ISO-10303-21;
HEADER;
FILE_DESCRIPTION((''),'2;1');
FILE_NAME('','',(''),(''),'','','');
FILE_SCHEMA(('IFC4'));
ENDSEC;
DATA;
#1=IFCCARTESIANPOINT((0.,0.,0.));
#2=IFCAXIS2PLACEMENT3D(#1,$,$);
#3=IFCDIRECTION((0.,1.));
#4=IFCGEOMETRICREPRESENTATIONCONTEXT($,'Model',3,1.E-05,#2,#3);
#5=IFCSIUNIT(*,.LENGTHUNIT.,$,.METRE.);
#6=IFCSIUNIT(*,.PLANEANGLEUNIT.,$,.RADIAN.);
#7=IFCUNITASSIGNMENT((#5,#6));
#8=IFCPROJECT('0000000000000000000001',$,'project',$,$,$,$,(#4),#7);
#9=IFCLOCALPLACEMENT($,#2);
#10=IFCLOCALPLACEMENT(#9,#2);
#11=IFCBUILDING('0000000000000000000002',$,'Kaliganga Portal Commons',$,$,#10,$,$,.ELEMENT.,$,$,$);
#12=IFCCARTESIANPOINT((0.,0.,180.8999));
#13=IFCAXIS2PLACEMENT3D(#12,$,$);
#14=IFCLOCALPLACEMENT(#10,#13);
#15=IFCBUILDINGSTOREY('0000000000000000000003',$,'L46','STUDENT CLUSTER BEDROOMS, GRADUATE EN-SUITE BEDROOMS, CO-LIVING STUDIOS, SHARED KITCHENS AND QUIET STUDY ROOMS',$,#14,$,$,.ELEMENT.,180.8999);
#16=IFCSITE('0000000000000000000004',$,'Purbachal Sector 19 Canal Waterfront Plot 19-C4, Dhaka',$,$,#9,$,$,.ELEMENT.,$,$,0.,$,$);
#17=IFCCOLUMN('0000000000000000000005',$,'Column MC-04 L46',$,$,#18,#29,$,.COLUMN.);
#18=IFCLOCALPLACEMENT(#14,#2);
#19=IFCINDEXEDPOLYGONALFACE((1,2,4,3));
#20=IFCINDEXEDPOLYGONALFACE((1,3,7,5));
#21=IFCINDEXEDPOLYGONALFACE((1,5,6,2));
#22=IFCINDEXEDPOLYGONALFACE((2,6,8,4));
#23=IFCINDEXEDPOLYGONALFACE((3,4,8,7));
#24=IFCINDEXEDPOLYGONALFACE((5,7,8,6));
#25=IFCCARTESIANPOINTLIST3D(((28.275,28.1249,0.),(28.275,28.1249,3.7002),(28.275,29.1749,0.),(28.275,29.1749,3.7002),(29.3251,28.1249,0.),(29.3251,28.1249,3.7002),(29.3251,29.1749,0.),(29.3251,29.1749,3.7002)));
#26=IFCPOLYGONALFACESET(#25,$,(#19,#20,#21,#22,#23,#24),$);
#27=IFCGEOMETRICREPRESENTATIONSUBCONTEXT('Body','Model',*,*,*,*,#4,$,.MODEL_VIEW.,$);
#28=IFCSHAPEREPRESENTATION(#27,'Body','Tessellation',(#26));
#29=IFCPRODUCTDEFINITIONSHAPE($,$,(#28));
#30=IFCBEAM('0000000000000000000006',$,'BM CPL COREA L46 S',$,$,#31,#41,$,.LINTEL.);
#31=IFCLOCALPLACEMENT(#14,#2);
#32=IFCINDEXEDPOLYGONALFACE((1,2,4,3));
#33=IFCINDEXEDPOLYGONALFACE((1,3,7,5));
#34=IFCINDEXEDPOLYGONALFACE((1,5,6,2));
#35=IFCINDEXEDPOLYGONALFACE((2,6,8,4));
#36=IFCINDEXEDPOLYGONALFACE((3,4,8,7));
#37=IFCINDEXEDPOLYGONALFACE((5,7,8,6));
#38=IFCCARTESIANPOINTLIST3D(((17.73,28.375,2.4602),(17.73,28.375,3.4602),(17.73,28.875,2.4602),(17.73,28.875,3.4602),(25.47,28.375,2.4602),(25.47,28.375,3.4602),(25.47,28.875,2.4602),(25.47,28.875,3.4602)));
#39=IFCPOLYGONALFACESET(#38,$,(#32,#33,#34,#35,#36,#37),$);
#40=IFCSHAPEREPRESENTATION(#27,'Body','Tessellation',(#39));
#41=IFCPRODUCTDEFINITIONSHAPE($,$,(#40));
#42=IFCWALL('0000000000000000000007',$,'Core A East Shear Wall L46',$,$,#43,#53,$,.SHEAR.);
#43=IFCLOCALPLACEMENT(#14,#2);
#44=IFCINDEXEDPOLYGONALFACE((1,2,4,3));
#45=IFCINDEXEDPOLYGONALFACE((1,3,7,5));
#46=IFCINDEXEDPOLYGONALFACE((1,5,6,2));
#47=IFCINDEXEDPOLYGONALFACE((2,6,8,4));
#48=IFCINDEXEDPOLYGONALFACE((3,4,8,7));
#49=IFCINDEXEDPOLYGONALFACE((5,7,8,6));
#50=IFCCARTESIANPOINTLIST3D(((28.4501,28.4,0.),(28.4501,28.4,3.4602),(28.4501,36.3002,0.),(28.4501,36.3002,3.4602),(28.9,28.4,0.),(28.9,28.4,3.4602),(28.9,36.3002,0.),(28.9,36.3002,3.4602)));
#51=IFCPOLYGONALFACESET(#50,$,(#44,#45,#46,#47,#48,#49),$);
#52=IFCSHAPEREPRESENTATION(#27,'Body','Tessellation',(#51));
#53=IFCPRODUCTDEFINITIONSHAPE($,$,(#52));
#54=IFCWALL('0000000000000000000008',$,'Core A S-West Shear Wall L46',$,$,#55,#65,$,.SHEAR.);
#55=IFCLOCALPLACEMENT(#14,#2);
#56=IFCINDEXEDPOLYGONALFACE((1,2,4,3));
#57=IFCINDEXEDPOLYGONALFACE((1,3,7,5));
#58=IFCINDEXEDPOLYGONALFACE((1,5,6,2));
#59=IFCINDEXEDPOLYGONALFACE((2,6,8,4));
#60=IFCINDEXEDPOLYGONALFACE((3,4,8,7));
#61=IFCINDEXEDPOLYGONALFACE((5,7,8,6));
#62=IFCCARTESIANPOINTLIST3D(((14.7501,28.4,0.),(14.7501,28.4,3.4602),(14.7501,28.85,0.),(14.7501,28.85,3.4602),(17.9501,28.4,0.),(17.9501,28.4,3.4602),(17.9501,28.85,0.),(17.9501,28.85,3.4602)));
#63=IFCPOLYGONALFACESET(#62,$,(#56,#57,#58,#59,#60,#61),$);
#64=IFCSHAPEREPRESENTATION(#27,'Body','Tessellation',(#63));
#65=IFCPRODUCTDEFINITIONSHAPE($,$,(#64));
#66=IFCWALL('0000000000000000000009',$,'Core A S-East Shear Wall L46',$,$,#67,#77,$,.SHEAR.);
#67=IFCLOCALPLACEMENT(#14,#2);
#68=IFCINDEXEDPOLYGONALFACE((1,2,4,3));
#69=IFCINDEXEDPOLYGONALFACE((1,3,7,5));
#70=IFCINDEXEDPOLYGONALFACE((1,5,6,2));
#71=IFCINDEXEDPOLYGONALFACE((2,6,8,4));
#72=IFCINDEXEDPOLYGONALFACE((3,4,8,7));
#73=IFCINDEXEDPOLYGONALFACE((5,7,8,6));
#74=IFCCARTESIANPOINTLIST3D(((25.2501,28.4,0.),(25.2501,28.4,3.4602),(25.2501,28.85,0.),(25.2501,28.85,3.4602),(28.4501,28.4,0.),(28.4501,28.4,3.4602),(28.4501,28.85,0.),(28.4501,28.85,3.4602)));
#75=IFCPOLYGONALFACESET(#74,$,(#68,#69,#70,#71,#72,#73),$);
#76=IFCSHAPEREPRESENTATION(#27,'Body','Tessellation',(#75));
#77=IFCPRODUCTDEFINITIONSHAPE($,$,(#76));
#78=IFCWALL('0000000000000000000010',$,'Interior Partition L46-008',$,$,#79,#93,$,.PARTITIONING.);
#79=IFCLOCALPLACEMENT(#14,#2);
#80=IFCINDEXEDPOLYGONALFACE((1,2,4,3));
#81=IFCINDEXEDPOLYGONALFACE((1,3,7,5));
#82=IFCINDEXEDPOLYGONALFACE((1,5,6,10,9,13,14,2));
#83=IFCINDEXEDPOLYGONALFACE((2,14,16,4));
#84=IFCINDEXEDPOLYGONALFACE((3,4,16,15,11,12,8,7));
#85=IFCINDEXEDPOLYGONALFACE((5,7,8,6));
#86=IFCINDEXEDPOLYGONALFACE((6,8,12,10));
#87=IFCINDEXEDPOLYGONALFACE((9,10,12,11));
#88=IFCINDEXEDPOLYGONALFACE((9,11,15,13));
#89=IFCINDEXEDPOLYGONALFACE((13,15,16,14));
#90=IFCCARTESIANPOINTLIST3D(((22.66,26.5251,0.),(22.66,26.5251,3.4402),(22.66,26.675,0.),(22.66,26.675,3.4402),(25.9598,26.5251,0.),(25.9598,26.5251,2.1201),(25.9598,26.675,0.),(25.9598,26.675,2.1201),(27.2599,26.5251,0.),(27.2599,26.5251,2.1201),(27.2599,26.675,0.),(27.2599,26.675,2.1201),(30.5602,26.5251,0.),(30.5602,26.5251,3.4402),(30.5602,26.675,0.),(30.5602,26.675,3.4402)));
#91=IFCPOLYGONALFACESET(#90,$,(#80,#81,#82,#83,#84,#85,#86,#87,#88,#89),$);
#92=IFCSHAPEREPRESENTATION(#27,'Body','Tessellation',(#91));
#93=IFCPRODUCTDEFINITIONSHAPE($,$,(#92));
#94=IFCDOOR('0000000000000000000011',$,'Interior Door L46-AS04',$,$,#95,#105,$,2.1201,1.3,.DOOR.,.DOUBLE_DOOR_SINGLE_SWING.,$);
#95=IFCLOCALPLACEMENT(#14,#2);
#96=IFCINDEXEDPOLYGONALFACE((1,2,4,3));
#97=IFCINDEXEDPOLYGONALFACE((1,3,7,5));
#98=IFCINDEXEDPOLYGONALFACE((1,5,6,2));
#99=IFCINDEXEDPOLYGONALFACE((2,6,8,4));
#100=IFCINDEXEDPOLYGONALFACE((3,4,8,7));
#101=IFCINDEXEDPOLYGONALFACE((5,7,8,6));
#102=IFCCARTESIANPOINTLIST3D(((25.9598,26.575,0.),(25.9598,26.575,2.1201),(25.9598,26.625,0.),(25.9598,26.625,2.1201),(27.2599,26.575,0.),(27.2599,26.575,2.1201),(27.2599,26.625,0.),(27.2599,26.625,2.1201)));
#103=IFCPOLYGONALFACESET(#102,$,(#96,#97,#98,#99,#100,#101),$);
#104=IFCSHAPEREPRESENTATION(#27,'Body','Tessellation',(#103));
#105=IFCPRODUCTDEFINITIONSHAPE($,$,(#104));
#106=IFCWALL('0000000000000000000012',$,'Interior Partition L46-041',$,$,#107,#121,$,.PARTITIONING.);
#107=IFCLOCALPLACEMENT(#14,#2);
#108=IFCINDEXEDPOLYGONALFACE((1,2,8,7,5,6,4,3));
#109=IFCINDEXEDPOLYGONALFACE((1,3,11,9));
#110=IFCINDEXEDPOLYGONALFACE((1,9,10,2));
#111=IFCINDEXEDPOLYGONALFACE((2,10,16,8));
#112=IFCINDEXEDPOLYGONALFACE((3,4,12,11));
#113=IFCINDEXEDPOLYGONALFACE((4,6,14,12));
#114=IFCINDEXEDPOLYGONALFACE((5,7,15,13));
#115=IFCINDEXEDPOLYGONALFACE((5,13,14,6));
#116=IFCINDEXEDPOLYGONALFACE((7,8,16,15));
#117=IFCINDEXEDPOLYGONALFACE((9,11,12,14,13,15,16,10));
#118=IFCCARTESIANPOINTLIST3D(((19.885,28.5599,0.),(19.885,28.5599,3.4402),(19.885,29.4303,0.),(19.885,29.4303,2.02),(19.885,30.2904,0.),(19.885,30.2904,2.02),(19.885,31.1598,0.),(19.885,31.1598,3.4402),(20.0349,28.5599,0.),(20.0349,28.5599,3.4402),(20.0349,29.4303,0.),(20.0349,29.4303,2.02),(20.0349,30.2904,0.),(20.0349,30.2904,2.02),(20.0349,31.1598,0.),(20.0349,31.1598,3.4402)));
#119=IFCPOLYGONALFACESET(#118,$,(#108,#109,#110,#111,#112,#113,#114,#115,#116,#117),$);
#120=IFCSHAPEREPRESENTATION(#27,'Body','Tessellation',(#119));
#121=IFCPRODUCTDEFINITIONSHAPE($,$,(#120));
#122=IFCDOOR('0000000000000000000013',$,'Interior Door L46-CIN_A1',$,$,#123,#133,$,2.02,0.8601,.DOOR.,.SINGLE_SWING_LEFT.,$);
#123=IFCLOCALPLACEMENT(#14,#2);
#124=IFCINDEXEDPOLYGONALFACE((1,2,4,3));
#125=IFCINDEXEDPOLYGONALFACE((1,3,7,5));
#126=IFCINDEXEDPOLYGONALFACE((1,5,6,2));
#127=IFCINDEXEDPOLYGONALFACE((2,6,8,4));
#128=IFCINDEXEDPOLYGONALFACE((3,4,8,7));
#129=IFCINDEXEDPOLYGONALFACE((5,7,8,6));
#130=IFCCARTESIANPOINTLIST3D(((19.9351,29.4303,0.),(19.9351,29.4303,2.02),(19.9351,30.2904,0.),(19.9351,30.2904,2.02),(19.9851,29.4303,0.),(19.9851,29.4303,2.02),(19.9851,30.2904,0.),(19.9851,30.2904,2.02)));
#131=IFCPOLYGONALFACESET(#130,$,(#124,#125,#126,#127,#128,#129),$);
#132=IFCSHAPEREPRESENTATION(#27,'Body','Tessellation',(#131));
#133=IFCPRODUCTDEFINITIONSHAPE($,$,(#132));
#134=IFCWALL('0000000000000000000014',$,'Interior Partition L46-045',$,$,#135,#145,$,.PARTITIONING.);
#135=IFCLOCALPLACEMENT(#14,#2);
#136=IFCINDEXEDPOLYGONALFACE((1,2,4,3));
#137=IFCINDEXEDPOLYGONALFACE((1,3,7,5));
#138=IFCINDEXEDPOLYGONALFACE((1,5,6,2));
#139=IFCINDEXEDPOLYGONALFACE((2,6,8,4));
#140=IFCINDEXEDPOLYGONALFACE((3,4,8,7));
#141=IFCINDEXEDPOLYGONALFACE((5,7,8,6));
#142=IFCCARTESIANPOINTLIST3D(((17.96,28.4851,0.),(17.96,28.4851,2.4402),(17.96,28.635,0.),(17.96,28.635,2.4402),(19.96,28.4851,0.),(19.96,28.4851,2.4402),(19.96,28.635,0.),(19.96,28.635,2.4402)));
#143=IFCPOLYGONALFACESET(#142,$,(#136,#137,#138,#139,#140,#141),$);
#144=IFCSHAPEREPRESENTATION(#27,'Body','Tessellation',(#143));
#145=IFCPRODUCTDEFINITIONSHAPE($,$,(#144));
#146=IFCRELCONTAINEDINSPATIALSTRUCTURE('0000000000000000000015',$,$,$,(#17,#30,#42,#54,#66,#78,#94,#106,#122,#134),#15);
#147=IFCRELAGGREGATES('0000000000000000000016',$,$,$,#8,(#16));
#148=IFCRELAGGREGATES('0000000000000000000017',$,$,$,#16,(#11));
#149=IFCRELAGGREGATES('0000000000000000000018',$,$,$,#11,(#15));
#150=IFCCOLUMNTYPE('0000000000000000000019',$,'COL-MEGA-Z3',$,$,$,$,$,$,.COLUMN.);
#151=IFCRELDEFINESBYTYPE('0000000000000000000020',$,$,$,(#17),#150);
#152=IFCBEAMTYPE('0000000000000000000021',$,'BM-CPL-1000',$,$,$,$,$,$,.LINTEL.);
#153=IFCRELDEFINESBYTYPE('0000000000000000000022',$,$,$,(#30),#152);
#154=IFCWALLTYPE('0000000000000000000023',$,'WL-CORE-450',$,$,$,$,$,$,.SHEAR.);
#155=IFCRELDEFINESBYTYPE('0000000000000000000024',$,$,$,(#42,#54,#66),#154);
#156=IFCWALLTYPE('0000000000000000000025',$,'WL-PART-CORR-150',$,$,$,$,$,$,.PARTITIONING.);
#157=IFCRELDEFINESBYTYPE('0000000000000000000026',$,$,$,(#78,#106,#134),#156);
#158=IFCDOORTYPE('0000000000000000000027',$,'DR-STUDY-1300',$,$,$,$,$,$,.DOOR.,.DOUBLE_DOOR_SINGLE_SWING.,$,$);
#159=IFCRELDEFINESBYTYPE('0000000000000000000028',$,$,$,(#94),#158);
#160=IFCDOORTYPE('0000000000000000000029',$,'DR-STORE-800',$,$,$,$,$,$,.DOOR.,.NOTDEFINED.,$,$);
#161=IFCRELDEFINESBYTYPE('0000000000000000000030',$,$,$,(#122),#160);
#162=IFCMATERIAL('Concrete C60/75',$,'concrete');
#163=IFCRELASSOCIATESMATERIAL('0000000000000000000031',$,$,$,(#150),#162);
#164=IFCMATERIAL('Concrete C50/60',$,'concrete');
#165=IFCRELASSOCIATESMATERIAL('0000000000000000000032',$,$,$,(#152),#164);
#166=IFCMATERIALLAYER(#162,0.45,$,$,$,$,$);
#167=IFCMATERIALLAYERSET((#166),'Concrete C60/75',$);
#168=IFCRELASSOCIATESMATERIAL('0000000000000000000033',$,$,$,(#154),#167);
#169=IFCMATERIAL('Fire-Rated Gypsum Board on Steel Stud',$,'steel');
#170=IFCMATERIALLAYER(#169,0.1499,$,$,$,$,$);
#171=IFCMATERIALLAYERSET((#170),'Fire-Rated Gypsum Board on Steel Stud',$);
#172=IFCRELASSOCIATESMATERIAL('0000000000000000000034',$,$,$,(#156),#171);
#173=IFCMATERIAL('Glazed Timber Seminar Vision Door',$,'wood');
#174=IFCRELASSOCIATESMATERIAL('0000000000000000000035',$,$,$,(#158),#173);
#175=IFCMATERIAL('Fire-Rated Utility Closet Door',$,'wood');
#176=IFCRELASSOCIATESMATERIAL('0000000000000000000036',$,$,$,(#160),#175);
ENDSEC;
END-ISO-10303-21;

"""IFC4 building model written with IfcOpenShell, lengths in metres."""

from ifc_helpers import new_model, si_unit, direction, frame, frame_2d, origin, origin_2d, place, context, subcontext, project, spatial, rectangle, extrude, source, transform, mapped, material, layer, layer_set, material_profile, profile_set, type_object, element, fill, save


model = new_model("IFC4")

# Units and contexts
model_context = context("Model", 3, precision=1e-05, world=origin(), true_north=direction((0.0, 1.0)))
body_context = subcontext(model_context, "Body", "Model", "MODEL_VIEW")
ifc_project = project(units=[si_unit("LENGTHUNIT", "METRE"), si_unit("PLANEANGLEUNIT", "RADIAN")], contexts=[model_context])

# Site, building, storey
site_placement = place(None, origin())
site = spatial("IfcSite", under=ifc_project, at=site_placement, Name="Purbachal Sector 19 Canal Waterfront Plot 19-C4, Dhaka", CompositionType="ELEMENT", RefElevation=0.0)
building_placement = place(site_placement, origin())
building = spatial("IfcBuilding", under=site, at=building_placement, Name="Kaliganga Portal Commons", CompositionType="ELEMENT")
storey_placement = place(building_placement, frame((0.0, 0.0, 180.8999)))
storey = spatial("IfcBuildingStorey", under=building, at=storey_placement, Name="L46", Description="STUDENT CLUSTER BEDROOMS, GRADUATE EN-SUITE BEDROOMS, CO-LIVING STUDIOS, SHARED KITCHENS AND QUIET STUDY ROOMS", CompositionType="ELEMENT", Elevation=180.8999)

# Column
ifc_material_1 = material(Name="Concrete C60/75", Category="concrete")
ifc_material_profile_1 = material_profile(ifc_material_1, rectangle(XDim=1.05, YDim=1.05, at=origin_2d()), Name="RC 1050x1050")
ifc_profile_set_1 = profile_set([ifc_material_profile_1], Name="Concrete C60/75")
column_type = type_object("IfcColumnType", Name="COL-MEGA-Z3", PredefinedType="COLUMN", material=ifc_profile_set_1)
shared_shape_1 = source(origin(), body_context, "Body", "SweptSolid", [
    extrude(rectangle(XDim=1.05, YDim=1.05, at=origin_2d()), origin(), (0.0, 0.0, 1.0), 3.7002),
])
column_placement = place(storey_placement, frame((28.8, 28.6499, 0.0), z_axis=(0.0, 0.0, 1.0), x_axis=(1.0, 0.0, 0.0)))
element("IfcColumn", 1, at=column_placement, inside=storey, type_object=column_type, Name="Column MC-04 L46", PredefinedType="COLUMN", context=body_context, shape_type="MappedRepresentation", body=[
    mapped(shared_shape_1, transform((0.0, 0.0, 0.0), x_axis=(1.0, 0.0, 0.0), y_axis=(0.0, 1.0, 0.0), z_axis=(0.0, 0.0, 1.0), scale=1.0)),
])

# Beam
ifc_material_2 = material(Name="Concrete C50/60", Category="concrete")
ifc_material_profile_2 = material_profile(ifc_material_2, rectangle(XDim=0.5, YDim=1.0, at=origin_2d()), Name="RC 500x1000")
ifc_profile_set_2 = profile_set([ifc_material_profile_2], Name="Concrete C50/60")
beam_type = type_object("IfcBeamType", Name="BM-CPL-1000", PredefinedType="LINTEL", material=ifc_profile_set_2)
shared_shape_2 = source(origin(), body_context, "Body", "SweptSolid", [
    extrude(rectangle(XDim=0.5, YDim=1.0, at=origin_2d()), origin(), (0.0, 0.0, 1.0), 7.74),
])
beam_placement = place(storey_placement, frame((17.73, 28.625, 2.9602), z_axis=(1.0, 0.0, 0.0), x_axis=(0.0, 1.0, 0.0)))
element("IfcBeam", 2, at=beam_placement, inside=storey, type_object=beam_type, Name="BM CPL COREA L46 S", PredefinedType="LINTEL", context=body_context, shape_type="MappedRepresentation", body=[
    mapped(shared_shape_2, transform((0.0, 0.0, 0.0), x_axis=(1.0, 0.0, 0.0), y_axis=(0.0, 1.0, 0.0), z_axis=(0.0, 0.0, 1.0), scale=1.0)),
])

# Walls
ifc_layer_1 = layer(ifc_material_1, 0.45)
ifc_layer_set_1 = layer_set([ifc_layer_1], Name="Concrete C60/75")
wall_type_1 = type_object("IfcWallType", Name="WL-CORE-450", PredefinedType="SHEAR", material=ifc_layer_set_1)
wall_1_placement = place(storey_placement, frame((28.675, 28.3999, 0.0), z_axis=(0.0, 0.0, 1.0), x_axis=(0.0, 1.0, 0.0)))
element("IfcWall", 3, at=wall_1_placement, inside=storey, type_object=wall_type_1, Name="Core A East Shear Wall L46", PredefinedType="SHEAR", context=body_context, shape_type="SweptSolid", body=[
    extrude(rectangle(XDim=7.9001, YDim=0.45, at=frame_2d((3.9502, 0.0))), origin(), (0.0, 0.0, 1.0), 3.4602),
])
for number, where, z_axis, x_axis, name in (
    (4, (14.75, 28.625, 0.0), (0.0, 0.0, 1.0), (1.0, 0.0, 0.0), "Core A S-West Shear Wall L46"),
    (5, (25.25, 28.625, 0.0), (0.0, 0.0, 1.0), (1.0, 0.0, 0.0), "Core A S-East Shear Wall L46"),
):
    element("IfcWall", number, at=place(storey_placement, frame(where, z_axis=z_axis, x_axis=x_axis)), inside=storey, type_object=wall_type_1, Name=name, PredefinedType="SHEAR", context=body_context, shape_type="SweptSolid", body=[
        extrude(rectangle(XDim=3.2, YDim=0.45, at=frame_2d((1.6001, 0.0))), origin(), (0.0, 0.0, 1.0), 3.4602),
    ])

# Walls, openings, doors
ifc_material_3 = material(Name="Fire-Rated Gypsum Board on Steel Stud", Category="steel")
ifc_layer_2 = layer(ifc_material_3, 0.1499)
ifc_layer_set_2 = layer_set([ifc_layer_2], Name="Fire-Rated Gypsum Board on Steel Stud")
wall_type_2 = type_object("IfcWallType", Name="WL-PART-CORR-150", PredefinedType="PARTITIONING", material=ifc_layer_set_2)
wall_2_placement = place(storey_placement, frame((22.6599, 26.6001, 0.0), z_axis=(0.0, 0.0, 1.0), x_axis=(1.0, 0.0, 0.0)))
wall_2 = element("IfcWall", 6, at=wall_2_placement, inside=storey, type_object=wall_type_2, Name="Interior Partition L46-008", PredefinedType="PARTITIONING", context=body_context, shape_type="SweptSolid", body=[
    extrude(rectangle(XDim=7.9001, YDim=0.1499, at=frame_2d((3.9502, 0.0))), origin(), (0.0, 0.0, 1.0), 3.4402),
])
opening_1_placement = place(wall_2_placement, frame((3.3, 0.0, 0.0)))
opening_1 = element("IfcOpeningElement", 7, at=opening_1_placement, cuts=wall_2, PredefinedType="OPENING", context=body_context, shape_type="SweptSolid", body=[
    extrude(rectangle(XDim=1.3, YDim=2.1201, at=frame_2d((0.6499, 1.0601))), frame((0.0, 0.085, 0.0), z_axis=(0.0, -1.0, 0.0), x_axis=(1.0, 0.0, 0.0)), (0.0, 0.0, 1.0), 0.1699),
])
ifc_material_4 = material(Name="Glazed Timber Seminar Vision Door", Category="wood")
door_type_1 = type_object("IfcDoorType", Name="DR-STUDY-1300", OperationType="DOUBLE_DOOR_SINGLE_SWING", PredefinedType="DOOR", material=ifc_material_4)
door_1_placement = place(opening_1_placement, origin())
door_1 = element("IfcDoor", 8, at=door_1_placement, inside=storey, type_object=door_type_1, Name="Interior Door L46-AS04", OperationType="DOUBLE_DOOR_SINGLE_SWING", OverallHeight=2.1201, OverallWidth=1.3, PredefinedType="DOOR", context=body_context, shape_type="SweptSolid", body=[
    extrude(rectangle(XDim=1.3, YDim=2.1201, at=frame_2d((0.6499, 1.0601))), frame((0.0, 0.0249, 0.0), z_axis=(0.0, -1.0, 0.0), x_axis=(1.0, 0.0, 0.0)), (0.0, 0.0, 1.0), 0.05),
])
fill(opening_1, door_1)
wall_3_placement = place(storey_placement, frame((19.96, 28.5601, 0.0), z_axis=(0.0, 0.0, 1.0), x_axis=(0.0, 1.0, 0.0)))
wall_3 = element("IfcWall", 9, at=wall_3_placement, inside=storey, type_object=wall_type_2, Name="Interior Partition L46-041", PredefinedType="PARTITIONING", context=body_context, shape_type="SweptSolid", body=[
    extrude(rectangle(XDim=2.5999, YDim=0.1499, at=frame_2d((1.2998, 0.0))), origin(), (0.0, 0.0, 1.0), 3.4402),
])
opening_2_placement = place(wall_3_placement, frame((0.8701, 0.0, 0.0)))
opening_2 = element("IfcOpeningElement", 10, at=opening_2_placement, cuts=wall_3, PredefinedType="OPENING", context=body_context, shape_type="SweptSolid", body=[
    extrude(rectangle(XDim=0.8601, YDim=2.02, at=frame_2d((0.4302, 1.01))), frame((0.0, 0.085, 0.0), z_axis=(0.0, -1.0, 0.0), x_axis=(1.0, 0.0, 0.0)), (0.0, 0.0, 1.0), 0.1699),
])
ifc_material_5 = material(Name="Fire-Rated Utility Closet Door", Category="wood")
door_type_2 = type_object("IfcDoorType", Name="DR-STORE-800", OperationType="NOTDEFINED", PredefinedType="DOOR", material=ifc_material_5)
door_2_placement = place(opening_2_placement, origin())
door_2 = element("IfcDoor", 11, at=door_2_placement, inside=storey, type_object=door_type_2, Name="Interior Door L46-CIN_A1", OperationType="SINGLE_SWING_LEFT", OverallHeight=2.02, OverallWidth=0.8601, PredefinedType="DOOR", context=body_context, shape_type="SweptSolid", body=[
    extrude(rectangle(XDim=0.8601, YDim=2.02, at=frame_2d((0.4302, 1.01))), frame((0.0, 0.0249, 0.0), z_axis=(0.0, -1.0, 0.0), x_axis=(1.0, 0.0, 0.0)), (0.0, 0.0, 1.0), 0.05),
])
fill(opening_2, door_2)

# Wall
wall_4_placement = place(storey_placement, frame((17.96, 28.5601, 0.0), z_axis=(0.0, 0.0, 1.0), x_axis=(1.0, 0.0, 0.0)))
element("IfcWall", 12, at=wall_4_placement, inside=storey, type_object=wall_type_2, Name="Interior Partition L46-045", PredefinedType="PARTITIONING", context=body_context, shape_type="SweptSolid", body=[
    extrude(rectangle(XDim=2.0, YDim=0.1499, at=frame_2d((1.0, 0.0))), origin(), (0.0, 0.0, 1.0), 2.4402),
])

save(model, "model.ifc")
